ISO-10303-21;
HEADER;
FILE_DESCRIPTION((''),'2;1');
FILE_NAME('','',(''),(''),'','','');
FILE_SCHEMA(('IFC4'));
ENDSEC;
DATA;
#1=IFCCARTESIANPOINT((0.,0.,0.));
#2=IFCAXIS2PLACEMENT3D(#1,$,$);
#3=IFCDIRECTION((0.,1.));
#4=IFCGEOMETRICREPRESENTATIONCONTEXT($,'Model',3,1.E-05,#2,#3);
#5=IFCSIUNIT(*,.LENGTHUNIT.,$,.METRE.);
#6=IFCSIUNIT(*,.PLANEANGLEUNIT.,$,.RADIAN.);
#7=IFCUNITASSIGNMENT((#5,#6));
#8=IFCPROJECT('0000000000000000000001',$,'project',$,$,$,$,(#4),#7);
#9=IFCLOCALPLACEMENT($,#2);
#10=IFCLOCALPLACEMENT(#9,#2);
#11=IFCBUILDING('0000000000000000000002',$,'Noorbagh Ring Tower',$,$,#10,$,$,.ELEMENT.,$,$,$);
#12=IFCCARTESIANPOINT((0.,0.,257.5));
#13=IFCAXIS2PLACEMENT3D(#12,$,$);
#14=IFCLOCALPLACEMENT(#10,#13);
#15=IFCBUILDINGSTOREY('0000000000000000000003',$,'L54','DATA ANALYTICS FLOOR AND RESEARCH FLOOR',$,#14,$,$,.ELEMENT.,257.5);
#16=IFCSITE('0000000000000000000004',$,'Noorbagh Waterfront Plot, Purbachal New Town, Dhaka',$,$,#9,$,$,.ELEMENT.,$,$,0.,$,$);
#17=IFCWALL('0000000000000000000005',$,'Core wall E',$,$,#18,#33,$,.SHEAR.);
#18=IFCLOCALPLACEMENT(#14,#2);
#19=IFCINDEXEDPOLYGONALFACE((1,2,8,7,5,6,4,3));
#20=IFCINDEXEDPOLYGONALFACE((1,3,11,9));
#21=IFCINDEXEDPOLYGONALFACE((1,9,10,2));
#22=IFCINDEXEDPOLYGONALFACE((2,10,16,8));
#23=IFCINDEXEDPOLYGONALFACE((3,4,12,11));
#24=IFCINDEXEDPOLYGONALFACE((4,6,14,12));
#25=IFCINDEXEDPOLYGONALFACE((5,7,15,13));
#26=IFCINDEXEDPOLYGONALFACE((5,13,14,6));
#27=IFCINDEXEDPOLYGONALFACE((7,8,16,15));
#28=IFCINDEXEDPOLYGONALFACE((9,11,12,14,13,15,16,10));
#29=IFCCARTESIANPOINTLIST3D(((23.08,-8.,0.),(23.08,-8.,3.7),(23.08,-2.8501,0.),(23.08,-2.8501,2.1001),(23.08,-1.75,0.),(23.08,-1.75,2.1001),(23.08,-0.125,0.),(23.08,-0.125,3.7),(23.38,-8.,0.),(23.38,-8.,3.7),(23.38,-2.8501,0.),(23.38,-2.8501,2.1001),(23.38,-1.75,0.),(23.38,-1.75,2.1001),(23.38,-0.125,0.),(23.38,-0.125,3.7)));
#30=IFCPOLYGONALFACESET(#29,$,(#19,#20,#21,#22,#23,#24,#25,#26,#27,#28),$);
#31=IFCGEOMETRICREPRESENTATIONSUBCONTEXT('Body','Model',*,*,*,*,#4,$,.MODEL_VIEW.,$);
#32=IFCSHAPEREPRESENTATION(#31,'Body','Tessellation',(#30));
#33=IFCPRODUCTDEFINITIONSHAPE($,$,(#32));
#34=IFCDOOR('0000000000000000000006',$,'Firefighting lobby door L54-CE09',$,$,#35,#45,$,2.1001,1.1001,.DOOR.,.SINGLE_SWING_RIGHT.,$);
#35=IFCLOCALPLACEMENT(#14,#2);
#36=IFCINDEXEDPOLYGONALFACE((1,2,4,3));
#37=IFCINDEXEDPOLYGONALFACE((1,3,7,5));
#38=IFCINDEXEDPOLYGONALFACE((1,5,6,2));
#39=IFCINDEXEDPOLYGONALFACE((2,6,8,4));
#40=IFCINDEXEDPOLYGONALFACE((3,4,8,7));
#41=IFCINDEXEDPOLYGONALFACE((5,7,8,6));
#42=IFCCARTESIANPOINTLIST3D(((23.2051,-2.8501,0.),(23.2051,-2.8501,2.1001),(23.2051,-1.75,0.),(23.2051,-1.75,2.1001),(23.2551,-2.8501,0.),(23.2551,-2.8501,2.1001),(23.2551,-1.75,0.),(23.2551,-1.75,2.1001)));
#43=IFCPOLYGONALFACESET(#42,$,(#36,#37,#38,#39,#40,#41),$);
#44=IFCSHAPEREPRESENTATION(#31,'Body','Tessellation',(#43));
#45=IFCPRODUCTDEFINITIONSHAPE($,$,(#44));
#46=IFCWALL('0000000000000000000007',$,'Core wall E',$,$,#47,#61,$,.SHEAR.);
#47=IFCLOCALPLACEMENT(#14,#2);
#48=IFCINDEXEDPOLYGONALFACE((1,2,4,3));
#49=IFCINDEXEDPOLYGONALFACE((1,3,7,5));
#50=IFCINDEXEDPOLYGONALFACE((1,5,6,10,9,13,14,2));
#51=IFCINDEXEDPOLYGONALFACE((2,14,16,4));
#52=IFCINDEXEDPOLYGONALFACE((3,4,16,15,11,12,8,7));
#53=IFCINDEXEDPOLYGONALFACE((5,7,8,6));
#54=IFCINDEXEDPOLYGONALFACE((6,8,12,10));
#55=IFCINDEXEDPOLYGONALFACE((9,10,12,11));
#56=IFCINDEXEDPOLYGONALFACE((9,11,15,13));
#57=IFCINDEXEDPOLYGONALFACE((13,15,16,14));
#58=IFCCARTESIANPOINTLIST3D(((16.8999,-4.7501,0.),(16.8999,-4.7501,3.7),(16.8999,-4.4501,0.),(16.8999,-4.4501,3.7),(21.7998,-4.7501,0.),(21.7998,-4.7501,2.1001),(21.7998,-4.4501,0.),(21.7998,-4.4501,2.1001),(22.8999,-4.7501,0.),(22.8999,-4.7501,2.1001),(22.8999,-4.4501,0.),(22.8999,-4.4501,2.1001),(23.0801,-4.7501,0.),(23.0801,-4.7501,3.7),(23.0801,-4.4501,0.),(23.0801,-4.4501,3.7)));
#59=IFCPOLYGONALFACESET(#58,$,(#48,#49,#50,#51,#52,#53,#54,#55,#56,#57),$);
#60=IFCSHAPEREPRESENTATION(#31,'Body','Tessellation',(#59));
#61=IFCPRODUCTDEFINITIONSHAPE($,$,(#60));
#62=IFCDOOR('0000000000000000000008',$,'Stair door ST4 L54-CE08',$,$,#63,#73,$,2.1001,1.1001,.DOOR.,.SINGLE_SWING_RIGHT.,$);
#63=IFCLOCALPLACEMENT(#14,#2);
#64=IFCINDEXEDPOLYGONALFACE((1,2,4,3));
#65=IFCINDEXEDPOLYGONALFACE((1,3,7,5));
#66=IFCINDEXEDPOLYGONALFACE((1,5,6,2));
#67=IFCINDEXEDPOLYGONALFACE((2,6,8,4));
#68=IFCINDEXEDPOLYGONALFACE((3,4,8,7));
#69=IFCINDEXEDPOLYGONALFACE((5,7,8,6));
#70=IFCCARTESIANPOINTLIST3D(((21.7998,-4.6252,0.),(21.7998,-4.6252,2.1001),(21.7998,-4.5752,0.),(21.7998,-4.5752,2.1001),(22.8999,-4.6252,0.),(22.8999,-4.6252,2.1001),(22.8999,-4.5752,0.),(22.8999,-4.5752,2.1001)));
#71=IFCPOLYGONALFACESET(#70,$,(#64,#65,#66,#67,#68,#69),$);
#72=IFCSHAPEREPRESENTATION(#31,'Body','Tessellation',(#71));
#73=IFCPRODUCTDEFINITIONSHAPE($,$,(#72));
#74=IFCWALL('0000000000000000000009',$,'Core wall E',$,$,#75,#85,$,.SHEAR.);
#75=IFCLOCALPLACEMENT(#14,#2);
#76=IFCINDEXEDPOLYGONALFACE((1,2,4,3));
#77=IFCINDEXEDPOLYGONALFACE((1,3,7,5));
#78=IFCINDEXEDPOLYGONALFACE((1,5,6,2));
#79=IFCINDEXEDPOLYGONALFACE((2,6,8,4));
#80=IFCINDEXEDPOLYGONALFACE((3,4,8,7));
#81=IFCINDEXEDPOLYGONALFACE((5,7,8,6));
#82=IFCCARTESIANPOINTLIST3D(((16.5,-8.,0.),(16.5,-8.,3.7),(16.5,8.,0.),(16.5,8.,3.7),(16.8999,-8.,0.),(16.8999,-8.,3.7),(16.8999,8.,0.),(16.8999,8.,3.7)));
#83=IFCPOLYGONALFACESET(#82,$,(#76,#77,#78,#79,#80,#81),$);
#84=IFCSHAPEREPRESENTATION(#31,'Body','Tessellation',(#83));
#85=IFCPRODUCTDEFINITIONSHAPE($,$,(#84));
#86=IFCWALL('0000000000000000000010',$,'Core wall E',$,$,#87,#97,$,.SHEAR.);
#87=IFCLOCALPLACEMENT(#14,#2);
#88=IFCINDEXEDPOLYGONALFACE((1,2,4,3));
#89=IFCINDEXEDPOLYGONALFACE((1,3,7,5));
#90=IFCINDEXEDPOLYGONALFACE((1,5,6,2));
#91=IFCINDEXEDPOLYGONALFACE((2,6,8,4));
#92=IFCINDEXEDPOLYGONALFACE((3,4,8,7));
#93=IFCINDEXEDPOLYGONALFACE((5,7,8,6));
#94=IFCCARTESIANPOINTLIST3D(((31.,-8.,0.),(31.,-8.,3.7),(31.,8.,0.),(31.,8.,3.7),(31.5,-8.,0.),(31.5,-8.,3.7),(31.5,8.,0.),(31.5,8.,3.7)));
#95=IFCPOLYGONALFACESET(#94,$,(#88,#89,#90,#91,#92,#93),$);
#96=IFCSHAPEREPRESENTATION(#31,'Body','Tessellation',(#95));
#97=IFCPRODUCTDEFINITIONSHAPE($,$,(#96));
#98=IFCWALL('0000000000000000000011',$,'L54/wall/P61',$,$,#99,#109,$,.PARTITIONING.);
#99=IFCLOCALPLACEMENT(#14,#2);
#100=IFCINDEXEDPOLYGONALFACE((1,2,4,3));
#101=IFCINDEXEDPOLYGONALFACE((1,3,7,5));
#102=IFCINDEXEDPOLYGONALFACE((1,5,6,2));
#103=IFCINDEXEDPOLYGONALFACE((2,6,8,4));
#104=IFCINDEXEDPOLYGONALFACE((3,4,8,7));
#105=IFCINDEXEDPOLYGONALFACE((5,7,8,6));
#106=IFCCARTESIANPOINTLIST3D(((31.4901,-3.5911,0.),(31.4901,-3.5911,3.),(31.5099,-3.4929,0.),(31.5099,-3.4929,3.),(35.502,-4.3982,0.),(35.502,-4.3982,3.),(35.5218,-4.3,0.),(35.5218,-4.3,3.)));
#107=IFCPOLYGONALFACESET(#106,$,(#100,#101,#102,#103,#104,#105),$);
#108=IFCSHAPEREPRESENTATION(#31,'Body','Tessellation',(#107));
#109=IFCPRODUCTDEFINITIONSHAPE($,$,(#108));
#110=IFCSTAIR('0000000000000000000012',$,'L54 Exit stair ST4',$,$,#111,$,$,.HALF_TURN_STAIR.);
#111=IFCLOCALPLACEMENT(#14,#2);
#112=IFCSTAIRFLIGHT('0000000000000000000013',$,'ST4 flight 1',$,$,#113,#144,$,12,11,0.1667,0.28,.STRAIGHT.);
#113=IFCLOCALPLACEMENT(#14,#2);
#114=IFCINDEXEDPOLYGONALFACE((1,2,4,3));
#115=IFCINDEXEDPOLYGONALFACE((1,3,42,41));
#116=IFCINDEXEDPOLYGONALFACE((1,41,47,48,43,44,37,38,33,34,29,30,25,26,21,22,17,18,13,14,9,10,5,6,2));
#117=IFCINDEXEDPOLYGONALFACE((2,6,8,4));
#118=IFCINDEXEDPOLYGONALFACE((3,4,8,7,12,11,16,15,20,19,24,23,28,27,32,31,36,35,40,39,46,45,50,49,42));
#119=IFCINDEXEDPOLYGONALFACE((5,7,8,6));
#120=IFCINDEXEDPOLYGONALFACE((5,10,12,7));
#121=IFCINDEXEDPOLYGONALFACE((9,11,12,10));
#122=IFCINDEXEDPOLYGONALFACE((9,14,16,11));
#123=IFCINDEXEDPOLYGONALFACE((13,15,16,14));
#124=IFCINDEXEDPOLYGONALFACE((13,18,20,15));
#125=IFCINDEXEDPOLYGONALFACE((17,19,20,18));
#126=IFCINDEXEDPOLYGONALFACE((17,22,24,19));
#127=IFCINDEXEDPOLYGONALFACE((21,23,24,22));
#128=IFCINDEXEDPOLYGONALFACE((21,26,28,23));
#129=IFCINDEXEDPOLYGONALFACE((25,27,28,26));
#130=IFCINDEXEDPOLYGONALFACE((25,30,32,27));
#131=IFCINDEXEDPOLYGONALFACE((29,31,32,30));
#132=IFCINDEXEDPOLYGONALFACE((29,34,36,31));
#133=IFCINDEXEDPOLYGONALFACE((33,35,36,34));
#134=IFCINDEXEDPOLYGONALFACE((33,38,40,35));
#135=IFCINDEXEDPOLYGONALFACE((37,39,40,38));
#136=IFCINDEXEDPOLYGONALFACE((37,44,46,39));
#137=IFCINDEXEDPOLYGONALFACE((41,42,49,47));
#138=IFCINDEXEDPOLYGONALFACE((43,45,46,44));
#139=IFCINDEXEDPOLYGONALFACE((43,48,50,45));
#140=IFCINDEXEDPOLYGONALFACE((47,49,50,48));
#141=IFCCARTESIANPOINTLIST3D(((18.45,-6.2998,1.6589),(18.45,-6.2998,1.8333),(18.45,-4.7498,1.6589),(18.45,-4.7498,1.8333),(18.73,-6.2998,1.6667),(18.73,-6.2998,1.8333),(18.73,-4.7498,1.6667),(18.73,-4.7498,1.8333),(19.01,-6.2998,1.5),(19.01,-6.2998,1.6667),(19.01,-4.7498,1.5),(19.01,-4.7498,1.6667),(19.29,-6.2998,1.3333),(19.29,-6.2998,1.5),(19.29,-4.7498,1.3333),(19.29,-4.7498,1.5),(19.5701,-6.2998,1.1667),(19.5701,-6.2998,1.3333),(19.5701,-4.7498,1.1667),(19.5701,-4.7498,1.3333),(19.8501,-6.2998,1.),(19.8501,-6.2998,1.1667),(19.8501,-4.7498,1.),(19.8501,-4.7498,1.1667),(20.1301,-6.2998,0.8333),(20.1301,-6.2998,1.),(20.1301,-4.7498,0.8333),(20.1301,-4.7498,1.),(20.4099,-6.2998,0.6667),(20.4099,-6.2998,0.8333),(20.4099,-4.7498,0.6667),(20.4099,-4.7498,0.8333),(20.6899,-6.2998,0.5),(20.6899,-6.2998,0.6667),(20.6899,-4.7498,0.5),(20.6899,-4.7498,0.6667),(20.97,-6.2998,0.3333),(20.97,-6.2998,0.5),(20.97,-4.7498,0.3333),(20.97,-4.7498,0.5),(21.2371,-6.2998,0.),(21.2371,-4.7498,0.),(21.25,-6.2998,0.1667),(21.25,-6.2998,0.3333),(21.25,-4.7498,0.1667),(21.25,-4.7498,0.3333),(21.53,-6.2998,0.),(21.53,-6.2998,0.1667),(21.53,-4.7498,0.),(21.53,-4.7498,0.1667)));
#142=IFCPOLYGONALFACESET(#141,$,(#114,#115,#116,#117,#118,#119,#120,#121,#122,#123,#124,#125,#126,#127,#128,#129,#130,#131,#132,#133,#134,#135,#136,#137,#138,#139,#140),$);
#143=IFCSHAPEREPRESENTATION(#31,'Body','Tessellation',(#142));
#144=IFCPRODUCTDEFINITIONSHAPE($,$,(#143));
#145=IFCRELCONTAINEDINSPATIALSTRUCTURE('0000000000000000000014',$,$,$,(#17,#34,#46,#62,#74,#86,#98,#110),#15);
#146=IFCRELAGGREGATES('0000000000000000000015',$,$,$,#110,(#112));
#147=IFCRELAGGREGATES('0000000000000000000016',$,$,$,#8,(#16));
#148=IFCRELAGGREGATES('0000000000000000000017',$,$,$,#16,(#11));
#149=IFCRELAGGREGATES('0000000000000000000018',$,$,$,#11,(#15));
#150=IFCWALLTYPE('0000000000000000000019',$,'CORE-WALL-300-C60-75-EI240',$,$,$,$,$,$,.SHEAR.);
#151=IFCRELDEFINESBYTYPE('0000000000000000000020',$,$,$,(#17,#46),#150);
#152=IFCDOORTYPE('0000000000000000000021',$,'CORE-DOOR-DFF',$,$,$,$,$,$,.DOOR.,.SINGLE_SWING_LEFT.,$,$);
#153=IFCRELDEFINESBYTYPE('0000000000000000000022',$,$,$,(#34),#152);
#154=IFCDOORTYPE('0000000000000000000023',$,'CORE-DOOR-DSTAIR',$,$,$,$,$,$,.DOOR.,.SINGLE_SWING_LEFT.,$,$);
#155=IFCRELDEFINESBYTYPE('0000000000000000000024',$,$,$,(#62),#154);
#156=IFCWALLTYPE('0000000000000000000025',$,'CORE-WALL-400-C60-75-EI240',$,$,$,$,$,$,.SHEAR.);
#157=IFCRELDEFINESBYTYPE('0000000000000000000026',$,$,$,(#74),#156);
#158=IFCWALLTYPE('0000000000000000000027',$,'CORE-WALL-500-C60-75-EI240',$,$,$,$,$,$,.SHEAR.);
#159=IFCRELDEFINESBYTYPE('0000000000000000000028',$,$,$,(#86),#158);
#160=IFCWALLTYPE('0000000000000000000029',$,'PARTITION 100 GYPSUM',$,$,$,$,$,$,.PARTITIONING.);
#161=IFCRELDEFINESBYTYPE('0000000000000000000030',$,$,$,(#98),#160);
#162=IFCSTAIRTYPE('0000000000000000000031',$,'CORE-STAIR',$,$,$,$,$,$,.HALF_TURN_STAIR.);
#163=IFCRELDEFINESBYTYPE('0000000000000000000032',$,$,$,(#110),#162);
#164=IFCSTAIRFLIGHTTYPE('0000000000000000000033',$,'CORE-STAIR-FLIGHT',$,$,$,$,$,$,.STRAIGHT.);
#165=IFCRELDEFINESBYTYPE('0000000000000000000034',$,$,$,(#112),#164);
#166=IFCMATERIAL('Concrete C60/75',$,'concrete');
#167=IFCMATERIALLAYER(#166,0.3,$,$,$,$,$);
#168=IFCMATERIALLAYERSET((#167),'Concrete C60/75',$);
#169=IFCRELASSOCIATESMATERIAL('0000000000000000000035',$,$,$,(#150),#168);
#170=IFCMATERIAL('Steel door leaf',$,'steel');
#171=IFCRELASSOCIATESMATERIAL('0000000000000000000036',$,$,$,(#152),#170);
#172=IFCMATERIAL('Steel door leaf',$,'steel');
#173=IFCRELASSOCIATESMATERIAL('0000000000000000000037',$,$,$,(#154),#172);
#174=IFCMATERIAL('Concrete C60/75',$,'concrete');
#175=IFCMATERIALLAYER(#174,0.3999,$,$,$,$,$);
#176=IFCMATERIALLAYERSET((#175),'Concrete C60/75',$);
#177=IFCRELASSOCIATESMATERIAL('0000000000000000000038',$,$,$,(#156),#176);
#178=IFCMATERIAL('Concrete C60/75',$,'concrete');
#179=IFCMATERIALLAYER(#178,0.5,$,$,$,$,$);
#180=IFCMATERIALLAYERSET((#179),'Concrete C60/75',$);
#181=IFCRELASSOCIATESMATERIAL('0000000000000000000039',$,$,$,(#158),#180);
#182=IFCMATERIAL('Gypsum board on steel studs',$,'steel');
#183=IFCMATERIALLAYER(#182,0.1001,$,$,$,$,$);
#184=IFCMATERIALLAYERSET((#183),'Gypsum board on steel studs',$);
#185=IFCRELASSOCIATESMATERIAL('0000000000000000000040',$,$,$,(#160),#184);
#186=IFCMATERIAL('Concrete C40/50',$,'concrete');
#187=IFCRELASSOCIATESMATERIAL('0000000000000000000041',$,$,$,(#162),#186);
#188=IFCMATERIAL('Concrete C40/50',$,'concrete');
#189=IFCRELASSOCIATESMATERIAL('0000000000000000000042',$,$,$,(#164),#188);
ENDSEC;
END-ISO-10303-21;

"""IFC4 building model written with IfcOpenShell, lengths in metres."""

from ifc_helpers import new_model, si_unit, direction, frame, frame_2d, origin, place, context, subcontext, project, spatial, polyline, rectangle, outline, extrude, material, layer, layer_set, type_object, element, fill, aggregate, save


model = new_model("IFC4")

# Units and contexts
model_context = context("Model", 3, precision=1e-05, world=origin(), true_north=direction((0.0, 1.0)))
body_context = subcontext(model_context, "Body", "Model", "MODEL_VIEW")
ifc_project = project(units=[si_unit("LENGTHUNIT", "METRE"), si_unit("PLANEANGLEUNIT", "RADIAN")], contexts=[model_context])

# Site, building, storey
site_placement = place(None, origin())
site = spatial("IfcSite", under=ifc_project, at=site_placement, Name="Noorbagh Waterfront Plot, Purbachal New Town, Dhaka", CompositionType="ELEMENT", RefElevation=0.0)
building_placement = place(site_placement, origin())
building = spatial("IfcBuilding", under=site, at=building_placement, Name="Noorbagh Ring Tower", CompositionType="ELEMENT")
storey_placement = place(building_placement, frame((0.0, 0.0, 257.5)))
storey = spatial("IfcBuildingStorey", under=building, at=storey_placement, Name="L54", Description="DATA ANALYTICS FLOOR AND RESEARCH FLOOR", CompositionType="ELEMENT", Elevation=257.5)

# Shared definitions
ifc_material_1 = material(Name="Concrete C60/75", Category="concrete")
ifc_layer_1 = layer(ifc_material_1, 0.3)
ifc_layer_set_1 = layer_set([ifc_layer_1], Name="Concrete C60/75")
wall_type_1 = type_object("IfcWallType", Name="CORE-WALL-300-C60-75-EI240", PredefinedType="SHEAR", material=ifc_layer_set_1)

# Walls, openings, doors
wall_1_placement = place(storey_placement, frame((23.23, -8.0, 0.0), z_axis=(0.0, 0.0, 1.0), x_axis=(0.0, 1.0, 0.0)))
wall_1 = element("IfcWall", 1, at=wall_1_placement, inside=storey, type_object=wall_type_1, Name="Core wall E", PredefinedType="SHEAR", context=body_context, shape_type="SweptSolid", body=[
    extrude(rectangle(XDim=7.875, YDim=0.3, at=frame_2d((3.9375, 0.0))), origin(), (0.0, 0.0, 1.0), 3.7),
])
opening_1_placement = place(wall_1_placement, frame((5.1499, 0.0, 0.0)))
opening_1 = element("IfcOpeningElement", 2, at=opening_1_placement, cuts=wall_1, PredefinedType="OPENING", context=body_context, shape_type="SweptSolid", body=[
    extrude(rectangle(XDim=1.1001, YDim=2.1001, at=frame_2d((0.55, 1.05))), frame((0.0, 0.1602, 0.0), z_axis=(0.0, -1.0, 0.0), x_axis=(1.0, 0.0, 0.0)), (0.0, 0.0, 1.0), 0.3201),
])
ifc_material_2 = material(Name="Steel door leaf", Category="steel")
door_type_1 = type_object("IfcDoorType", Name="CORE-DOOR-DFF", OperationType="SINGLE_SWING_LEFT", PredefinedType="DOOR", material=ifc_material_2)
door_1_placement = place(opening_1_placement, origin())
door_1 = element("IfcDoor", 3, at=door_1_placement, inside=storey, type_object=door_type_1, Name="Firefighting lobby door L54-CE09", OperationType="SINGLE_SWING_RIGHT", OverallHeight=2.1001, OverallWidth=1.1001, PredefinedType="DOOR", context=body_context, shape_type="SweptSolid", body=[
    extrude(rectangle(XDim=1.1001, YDim=2.1001, at=frame_2d((0.55, 1.05))), frame((0.0, 0.0249, 0.0), z_axis=(0.0, -1.0, 0.0), x_axis=(1.0, 0.0, 0.0)), (0.0, 0.0, 1.0), 0.05),
])
fill(opening_1, door_1)
wall_2_placement = place(storey_placement, frame((16.8999, -4.6001, 0.0), z_axis=(0.0, 0.0, 1.0), x_axis=(1.0, 0.0, 0.0)))
wall_2 = element("IfcWall", 4, at=wall_2_placement, inside=storey, type_object=wall_type_1, Name="Core wall E", PredefinedType="SHEAR", context=body_context, shape_type="SweptSolid", body=[
    extrude(rectangle(XDim=6.1802, YDim=0.3, at=frame_2d((3.0901, 0.0))), origin(), (0.0, 0.0, 1.0), 3.7),
])
opening_2_placement = place(wall_2_placement, frame((4.8999, 0.0, 0.0)))
opening_2 = element("IfcOpeningElement", 5, at=opening_2_placement, cuts=wall_2, PredefinedType="OPENING", context=body_context, shape_type="SweptSolid", body=[
    extrude(rectangle(XDim=1.1001, YDim=2.1001, at=frame_2d((0.55, 1.05))), frame((0.0, 0.1602, 0.0), z_axis=(0.0, -1.0, 0.0), x_axis=(1.0, 0.0, 0.0)), (0.0, 0.0, 1.0), 0.3201),
])
ifc_material_3 = material(Name="Steel door leaf", Category="steel")
door_type_2 = type_object("IfcDoorType", Name="CORE-DOOR-DSTAIR", OperationType="SINGLE_SWING_LEFT", PredefinedType="DOOR", material=ifc_material_3)
door_2_placement = place(opening_2_placement, origin())
door_2 = element("IfcDoor", 6, at=door_2_placement, inside=storey, type_object=door_type_2, Name="Stair door ST4 L54-CE08", OperationType="SINGLE_SWING_RIGHT", OverallHeight=2.1001, OverallWidth=1.1001, PredefinedType="DOOR", context=body_context, shape_type="SweptSolid", body=[
    extrude(rectangle(XDim=1.1001, YDim=2.1001, at=frame_2d((0.55, 1.05))), frame((0.0, 0.0249, 0.0), z_axis=(0.0, -1.0, 0.0), x_axis=(1.0, 0.0, 0.0)), (0.0, 0.0, 1.0), 0.05),
])
fill(opening_2, door_2)

# Walls
ifc_material_4 = material(Name="Concrete C60/75", Category="concrete")
ifc_layer_2 = layer(ifc_material_4, 0.3999)
ifc_layer_set_2 = layer_set([ifc_layer_2], Name="Concrete C60/75")
wall_type_2 = type_object("IfcWallType", Name="CORE-WALL-400-C60-75-EI240", PredefinedType="SHEAR", material=ifc_layer_set_2)
wall_3_placement = place(storey_placement, frame((16.7, -8.0, 0.0), z_axis=(0.0, 0.0, 1.0), x_axis=(0.0, 1.0, 0.0)))
element("IfcWall", 7, at=wall_3_placement, inside=storey, type_object=wall_type_2, Name="Core wall E", PredefinedType="SHEAR", context=body_context, shape_type="SweptSolid", body=[
    extrude(rectangle(XDim=16.0, YDim=0.3999, at=frame_2d((8.0, 0.0))), origin(), (0.0, 0.0, 1.0), 3.7),
])
ifc_material_5 = material(Name="Concrete C60/75", Category="concrete")
ifc_layer_3 = layer(ifc_material_5, 0.5)
ifc_layer_set_3 = layer_set([ifc_layer_3], Name="Concrete C60/75")
wall_type_3 = type_object("IfcWallType", Name="CORE-WALL-500-C60-75-EI240", PredefinedType="SHEAR", material=ifc_layer_set_3)
wall_4_placement = place(storey_placement, frame((31.25, -8.0, 0.0), z_axis=(0.0, 0.0, 1.0), x_axis=(0.0, 1.0, 0.0)))
element("IfcWall", 8, at=wall_4_placement, inside=storey, type_object=wall_type_3, Name="Core wall E", PredefinedType="SHEAR", context=body_context, shape_type="SweptSolid", body=[
    extrude(rectangle(XDim=16.0, YDim=0.5, at=frame_2d((8.0, 0.0))), origin(), (0.0, 0.0, 1.0), 3.7),
])
ifc_material_6 = material(Name="Gypsum board on steel studs", Category="steel")
ifc_layer_4 = layer(ifc_material_6, 0.1001)
ifc_layer_set_4 = layer_set([ifc_layer_4], Name="Gypsum board on steel studs")
wall_type_4 = type_object("IfcWallType", Name="PARTITION 100 GYPSUM", PredefinedType="PARTITIONING", material=ifc_layer_set_4)
wall_5_placement = place(storey_placement, frame((31.5, -3.542, 0.0), z_axis=(0.0, 0.0, 1.0), x_axis=(0.980357, -0.197229, 0.0)))
element("IfcWall", 9, at=wall_5_placement, inside=storey, type_object=wall_type_4, Name="L54/wall/P61", PredefinedType="PARTITIONING", context=body_context, shape_type="SweptSolid", body=[
    extrude(rectangle(XDim=4.0923, YDim=0.1001, at=frame_2d((2.0461, 0.0))), origin(), (0.0, 0.0, 1.0), 3.0),
])

# Stair, stair flight
ifc_material_7 = material(Name="Concrete C40/50", Category="concrete")
stair_type = type_object("IfcStairType", Name="CORE-STAIR", PredefinedType="HALF_TURN_STAIR", material=ifc_material_7)
stair_placement = place(storey_placement, origin())
stair = element("IfcStair", 10, at=stair_placement, inside=storey, type_object=stair_type, Name="L54 Exit stair ST4", PredefinedType="HALF_TURN_STAIR")
ifc_material_8 = material(Name="Concrete C40/50", Category="concrete")
stair_flight_type = type_object("IfcStairFlightType", Name="CORE-STAIR-FLIGHT", PredefinedType="STRAIGHT", material=ifc_material_8)
stair_flight_1_placement = place(storey_placement, frame((21.53, -5.5249, 0.0), z_axis=(0.0, 0.0, 1.0), x_axis=(-1.0, 0.0, 0.0)))
stair_flight_1 = element("IfcStairFlight", 11, at=stair_flight_1_placement, type_object=stair_flight_type, Name="ST4 flight 1", NumberOfRisers=12, NumberOfTreads=11, PredefinedType="STRAIGHT", RiserHeight=0.1667, TreadLength=0.28, context=body_context, shape_type="SweptSolid", body=[
    extrude(outline(polyline([(0.0, 0.0), (0.0, 0.1667), (0.28, 0.1667), (0.28, 0.3333), (0.5601, 0.3333), (0.5601, 0.5), (0.8401, 0.5), (0.8401, 0.6667), (1.1201, 0.6667), (1.1201, 0.8333), (1.3999, 0.8333), (1.3999, 1.0), (1.6799, 1.0), (1.6799, 1.1667), (1.96, 1.1667), (1.96, 1.3333), (2.24, 1.3333), (2.24, 1.5), (2.52, 1.5), (2.52, 1.6667), (2.8, 1.6667), (2.8, 1.8333), (3.0801, 1.8333), (3.0801, 2.0), (3.0801, 1.6589), (0.293, 0.0), (0.0, 0.0)])), frame((0.0, 0.7749, 0.0), z_axis=(0.0, -1.0, 0.0), x_axis=(1.0, 0.0, 0.0)), (0.0, 0.0, 1.0), 1.55),
])
aggregate(stair, [stair_flight_1])

save(model, "model.ifc")
